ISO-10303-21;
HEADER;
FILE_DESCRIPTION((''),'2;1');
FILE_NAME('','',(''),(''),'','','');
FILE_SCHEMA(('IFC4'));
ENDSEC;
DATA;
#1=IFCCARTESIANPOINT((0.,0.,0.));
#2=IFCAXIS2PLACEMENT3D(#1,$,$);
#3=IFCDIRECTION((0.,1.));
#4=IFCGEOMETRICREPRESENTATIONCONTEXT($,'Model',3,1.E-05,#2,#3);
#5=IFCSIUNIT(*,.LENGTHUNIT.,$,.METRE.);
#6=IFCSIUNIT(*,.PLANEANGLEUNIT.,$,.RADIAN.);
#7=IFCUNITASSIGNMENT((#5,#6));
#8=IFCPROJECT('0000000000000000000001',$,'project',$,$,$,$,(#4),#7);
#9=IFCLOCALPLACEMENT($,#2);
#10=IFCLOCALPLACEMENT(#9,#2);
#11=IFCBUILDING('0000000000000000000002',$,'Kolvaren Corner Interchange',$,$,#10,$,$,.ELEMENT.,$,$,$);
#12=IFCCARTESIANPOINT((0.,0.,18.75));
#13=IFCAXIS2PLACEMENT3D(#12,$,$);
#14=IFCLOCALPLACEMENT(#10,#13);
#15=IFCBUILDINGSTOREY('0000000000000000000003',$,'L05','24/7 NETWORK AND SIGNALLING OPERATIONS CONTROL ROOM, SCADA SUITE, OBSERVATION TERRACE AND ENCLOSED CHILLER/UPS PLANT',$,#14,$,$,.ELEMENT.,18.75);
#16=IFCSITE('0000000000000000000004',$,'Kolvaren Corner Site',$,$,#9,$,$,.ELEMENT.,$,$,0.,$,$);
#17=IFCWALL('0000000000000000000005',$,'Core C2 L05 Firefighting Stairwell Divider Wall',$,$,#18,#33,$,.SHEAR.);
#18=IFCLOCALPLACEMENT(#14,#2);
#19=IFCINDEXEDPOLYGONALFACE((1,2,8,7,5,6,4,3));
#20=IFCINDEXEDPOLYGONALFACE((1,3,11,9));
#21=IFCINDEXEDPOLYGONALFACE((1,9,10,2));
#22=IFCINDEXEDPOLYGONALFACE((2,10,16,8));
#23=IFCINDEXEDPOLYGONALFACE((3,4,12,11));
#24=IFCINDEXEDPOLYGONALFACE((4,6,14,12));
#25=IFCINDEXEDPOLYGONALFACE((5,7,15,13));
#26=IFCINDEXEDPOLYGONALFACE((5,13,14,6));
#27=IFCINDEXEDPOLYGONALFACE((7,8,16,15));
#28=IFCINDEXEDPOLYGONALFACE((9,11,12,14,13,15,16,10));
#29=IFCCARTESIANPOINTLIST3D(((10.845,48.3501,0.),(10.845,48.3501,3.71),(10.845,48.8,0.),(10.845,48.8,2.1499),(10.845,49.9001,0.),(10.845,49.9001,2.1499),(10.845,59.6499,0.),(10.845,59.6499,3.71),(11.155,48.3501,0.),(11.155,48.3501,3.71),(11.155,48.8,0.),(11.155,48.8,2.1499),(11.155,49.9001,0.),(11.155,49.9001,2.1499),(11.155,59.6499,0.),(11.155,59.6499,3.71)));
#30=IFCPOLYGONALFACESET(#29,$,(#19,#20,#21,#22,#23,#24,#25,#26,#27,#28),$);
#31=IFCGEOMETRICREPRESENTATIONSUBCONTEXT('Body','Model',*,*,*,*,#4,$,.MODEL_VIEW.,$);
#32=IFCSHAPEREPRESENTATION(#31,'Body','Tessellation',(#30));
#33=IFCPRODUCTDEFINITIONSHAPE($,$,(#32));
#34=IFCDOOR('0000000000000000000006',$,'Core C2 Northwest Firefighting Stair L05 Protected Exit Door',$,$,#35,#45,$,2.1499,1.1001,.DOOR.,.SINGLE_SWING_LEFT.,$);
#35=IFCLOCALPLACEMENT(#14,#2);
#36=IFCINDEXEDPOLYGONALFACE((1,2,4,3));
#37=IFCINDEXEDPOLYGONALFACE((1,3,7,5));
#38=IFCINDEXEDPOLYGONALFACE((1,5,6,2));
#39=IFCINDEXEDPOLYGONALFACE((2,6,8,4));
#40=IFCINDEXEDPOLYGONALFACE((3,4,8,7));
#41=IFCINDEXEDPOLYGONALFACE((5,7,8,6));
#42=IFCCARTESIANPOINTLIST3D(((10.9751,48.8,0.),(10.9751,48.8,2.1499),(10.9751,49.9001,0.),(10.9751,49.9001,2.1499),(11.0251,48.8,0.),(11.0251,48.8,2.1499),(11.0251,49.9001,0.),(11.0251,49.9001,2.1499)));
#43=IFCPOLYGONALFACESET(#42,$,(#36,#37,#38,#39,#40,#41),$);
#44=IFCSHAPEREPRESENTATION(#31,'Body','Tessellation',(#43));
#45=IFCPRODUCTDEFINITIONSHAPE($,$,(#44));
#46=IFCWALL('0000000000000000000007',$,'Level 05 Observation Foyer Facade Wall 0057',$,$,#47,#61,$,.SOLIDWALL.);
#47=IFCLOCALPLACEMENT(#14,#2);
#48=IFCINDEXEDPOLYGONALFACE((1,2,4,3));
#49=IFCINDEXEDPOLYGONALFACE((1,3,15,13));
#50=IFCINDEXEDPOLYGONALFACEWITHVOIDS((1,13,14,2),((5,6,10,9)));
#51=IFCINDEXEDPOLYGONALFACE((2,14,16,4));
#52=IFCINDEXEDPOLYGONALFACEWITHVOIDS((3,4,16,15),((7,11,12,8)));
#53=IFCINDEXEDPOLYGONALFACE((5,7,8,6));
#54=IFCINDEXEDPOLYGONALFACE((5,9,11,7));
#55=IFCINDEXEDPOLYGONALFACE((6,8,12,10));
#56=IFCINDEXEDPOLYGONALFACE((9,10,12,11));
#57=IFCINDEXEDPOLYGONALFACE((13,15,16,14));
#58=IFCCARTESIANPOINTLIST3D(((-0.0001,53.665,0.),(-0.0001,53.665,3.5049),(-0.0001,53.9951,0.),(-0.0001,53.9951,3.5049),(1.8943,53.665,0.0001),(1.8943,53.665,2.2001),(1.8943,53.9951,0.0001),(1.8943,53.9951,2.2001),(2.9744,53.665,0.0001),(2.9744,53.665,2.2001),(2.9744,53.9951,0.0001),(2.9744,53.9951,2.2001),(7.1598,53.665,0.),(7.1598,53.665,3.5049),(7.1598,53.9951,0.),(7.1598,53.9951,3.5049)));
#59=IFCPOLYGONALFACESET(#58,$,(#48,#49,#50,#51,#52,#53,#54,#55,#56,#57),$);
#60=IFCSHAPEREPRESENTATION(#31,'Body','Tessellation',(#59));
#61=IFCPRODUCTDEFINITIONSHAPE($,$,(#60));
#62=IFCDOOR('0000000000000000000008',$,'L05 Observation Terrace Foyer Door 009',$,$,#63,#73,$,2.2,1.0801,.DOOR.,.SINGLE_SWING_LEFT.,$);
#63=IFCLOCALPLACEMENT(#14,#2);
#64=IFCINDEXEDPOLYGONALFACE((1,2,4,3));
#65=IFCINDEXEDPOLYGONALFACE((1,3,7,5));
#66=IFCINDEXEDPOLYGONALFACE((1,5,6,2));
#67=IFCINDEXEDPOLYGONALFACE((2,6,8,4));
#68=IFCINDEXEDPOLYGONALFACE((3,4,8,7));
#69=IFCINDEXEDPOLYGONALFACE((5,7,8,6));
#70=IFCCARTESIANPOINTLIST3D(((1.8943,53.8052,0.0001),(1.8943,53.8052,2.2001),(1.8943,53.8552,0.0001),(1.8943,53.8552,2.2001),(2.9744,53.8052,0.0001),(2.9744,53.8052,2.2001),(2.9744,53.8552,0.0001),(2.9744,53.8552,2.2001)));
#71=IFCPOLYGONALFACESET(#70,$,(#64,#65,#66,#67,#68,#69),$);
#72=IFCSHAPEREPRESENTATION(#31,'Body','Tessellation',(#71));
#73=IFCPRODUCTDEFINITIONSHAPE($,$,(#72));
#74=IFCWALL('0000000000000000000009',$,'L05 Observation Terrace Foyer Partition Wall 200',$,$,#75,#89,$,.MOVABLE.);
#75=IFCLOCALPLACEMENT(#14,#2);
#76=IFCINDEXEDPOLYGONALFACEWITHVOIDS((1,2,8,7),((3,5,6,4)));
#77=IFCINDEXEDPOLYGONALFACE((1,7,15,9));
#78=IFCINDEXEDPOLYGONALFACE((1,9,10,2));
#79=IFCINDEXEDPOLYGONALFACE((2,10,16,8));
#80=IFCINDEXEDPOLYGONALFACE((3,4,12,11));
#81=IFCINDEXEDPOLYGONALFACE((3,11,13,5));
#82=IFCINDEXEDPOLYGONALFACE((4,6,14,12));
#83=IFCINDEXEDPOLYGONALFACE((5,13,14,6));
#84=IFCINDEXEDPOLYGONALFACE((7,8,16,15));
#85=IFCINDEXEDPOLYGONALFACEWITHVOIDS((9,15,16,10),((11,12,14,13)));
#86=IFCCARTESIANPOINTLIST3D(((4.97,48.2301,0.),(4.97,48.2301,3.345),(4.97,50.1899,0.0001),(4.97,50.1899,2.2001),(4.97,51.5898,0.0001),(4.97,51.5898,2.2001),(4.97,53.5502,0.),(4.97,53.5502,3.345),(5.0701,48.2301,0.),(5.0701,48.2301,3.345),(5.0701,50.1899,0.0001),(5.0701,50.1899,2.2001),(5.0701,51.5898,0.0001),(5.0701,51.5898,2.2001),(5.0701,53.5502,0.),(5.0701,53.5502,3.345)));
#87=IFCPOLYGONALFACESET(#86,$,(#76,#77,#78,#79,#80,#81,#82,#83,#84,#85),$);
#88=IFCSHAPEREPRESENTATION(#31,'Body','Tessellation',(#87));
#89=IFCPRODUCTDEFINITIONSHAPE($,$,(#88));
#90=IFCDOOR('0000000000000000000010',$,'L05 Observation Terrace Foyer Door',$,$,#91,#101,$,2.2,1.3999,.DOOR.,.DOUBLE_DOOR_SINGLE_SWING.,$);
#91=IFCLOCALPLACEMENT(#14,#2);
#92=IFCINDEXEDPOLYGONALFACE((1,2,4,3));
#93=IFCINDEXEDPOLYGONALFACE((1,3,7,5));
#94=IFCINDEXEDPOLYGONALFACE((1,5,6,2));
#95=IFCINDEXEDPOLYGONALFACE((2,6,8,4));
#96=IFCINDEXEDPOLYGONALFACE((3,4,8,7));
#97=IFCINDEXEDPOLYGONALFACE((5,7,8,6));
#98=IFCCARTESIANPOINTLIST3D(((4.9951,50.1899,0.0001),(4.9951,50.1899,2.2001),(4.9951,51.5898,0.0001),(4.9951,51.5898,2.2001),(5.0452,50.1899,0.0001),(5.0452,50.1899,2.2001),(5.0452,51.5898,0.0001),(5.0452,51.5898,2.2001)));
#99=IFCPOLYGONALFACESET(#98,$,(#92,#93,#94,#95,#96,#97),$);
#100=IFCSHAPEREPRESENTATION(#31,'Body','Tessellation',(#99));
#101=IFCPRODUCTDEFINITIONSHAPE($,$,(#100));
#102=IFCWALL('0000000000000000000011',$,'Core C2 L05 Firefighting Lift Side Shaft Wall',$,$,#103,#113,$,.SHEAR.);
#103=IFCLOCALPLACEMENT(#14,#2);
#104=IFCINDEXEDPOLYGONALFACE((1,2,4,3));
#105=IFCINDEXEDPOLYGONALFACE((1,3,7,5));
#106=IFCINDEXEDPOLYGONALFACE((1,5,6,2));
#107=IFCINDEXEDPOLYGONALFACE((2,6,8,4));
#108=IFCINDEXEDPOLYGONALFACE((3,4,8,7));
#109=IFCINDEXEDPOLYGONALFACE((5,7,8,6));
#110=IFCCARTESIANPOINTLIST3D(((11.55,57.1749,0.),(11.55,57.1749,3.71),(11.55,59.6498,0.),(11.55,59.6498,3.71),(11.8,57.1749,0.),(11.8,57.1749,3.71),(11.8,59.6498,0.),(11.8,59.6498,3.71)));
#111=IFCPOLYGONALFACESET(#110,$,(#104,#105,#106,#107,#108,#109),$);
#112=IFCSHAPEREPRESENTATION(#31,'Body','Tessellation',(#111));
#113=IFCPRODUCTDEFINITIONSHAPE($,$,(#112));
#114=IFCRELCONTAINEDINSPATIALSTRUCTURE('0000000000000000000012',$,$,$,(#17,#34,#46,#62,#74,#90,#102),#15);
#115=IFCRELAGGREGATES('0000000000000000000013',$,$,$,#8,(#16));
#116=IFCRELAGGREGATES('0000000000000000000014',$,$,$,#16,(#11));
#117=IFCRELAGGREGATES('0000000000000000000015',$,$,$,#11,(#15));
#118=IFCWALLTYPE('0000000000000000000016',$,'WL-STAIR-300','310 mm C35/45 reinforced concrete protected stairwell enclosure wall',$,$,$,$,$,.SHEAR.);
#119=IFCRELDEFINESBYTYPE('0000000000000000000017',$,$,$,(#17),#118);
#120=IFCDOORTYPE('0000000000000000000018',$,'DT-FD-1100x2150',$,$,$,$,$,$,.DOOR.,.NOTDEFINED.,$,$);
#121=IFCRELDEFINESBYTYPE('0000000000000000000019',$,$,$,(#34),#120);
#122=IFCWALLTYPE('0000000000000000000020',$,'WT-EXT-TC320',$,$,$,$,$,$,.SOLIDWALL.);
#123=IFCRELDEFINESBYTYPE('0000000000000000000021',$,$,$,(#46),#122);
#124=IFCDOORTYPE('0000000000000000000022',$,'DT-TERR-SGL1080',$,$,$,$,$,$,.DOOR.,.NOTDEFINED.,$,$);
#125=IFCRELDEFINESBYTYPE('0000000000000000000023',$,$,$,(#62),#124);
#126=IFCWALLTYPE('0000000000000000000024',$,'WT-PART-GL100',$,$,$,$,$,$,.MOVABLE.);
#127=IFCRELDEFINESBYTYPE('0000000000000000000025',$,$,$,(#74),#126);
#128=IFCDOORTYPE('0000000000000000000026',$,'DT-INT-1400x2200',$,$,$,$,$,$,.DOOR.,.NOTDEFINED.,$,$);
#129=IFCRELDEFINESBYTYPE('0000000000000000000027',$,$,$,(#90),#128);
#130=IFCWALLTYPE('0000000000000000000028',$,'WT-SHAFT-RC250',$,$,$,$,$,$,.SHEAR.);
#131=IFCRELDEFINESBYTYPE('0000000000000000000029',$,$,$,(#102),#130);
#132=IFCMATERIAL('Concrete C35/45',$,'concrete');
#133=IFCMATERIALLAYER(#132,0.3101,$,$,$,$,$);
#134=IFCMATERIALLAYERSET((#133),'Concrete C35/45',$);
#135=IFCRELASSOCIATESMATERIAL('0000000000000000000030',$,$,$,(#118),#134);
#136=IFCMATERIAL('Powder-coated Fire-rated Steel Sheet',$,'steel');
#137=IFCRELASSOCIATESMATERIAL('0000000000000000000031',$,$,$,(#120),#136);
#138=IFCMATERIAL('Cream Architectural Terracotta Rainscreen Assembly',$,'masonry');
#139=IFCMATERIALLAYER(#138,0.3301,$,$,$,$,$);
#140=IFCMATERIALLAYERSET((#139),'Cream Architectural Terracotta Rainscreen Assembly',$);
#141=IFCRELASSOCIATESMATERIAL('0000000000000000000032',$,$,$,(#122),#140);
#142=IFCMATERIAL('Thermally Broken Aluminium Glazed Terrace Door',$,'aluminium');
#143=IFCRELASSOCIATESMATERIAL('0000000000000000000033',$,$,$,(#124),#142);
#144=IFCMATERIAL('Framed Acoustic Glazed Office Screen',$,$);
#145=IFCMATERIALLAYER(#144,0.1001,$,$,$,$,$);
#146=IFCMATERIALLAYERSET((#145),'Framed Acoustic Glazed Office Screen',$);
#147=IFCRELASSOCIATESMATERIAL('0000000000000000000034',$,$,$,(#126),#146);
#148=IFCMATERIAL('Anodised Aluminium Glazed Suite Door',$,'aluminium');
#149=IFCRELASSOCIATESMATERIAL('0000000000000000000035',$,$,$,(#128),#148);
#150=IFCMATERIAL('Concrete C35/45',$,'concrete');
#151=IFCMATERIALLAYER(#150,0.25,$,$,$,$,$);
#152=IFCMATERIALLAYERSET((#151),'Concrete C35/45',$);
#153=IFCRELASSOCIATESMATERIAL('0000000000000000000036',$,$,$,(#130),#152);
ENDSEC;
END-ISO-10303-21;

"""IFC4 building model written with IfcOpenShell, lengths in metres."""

from ifc_helpers import new_model, si_unit, direction, frame, frame_2d, origin, place, context, subcontext, project, spatial, rectangle, extrude, material, layer, layer_set, type_object, element, fill, save


model = new_model("IFC4")

# Units and contexts
model_context = context("Model", 3, precision=1e-05, world=origin(), true_north=direction((0.0, 1.0)))
body_context = subcontext(model_context, "Body", "Model", "MODEL_VIEW")
ifc_project = project(units=[si_unit("LENGTHUNIT", "METRE"), si_unit("PLANEANGLEUNIT", "RADIAN")], contexts=[model_context])

# Site, building, storey
site_placement = place(None, origin())
site = spatial("IfcSite", under=ifc_project, at=site_placement, Name="Kolvaren Corner Site", CompositionType="ELEMENT", RefElevation=0.0)
building_placement = place(site_placement, origin())
building = spatial("IfcBuilding", under=site, at=building_placement, Name="Kolvaren Corner Interchange", CompositionType="ELEMENT")
storey_placement = place(building_placement, frame((0.0, 0.0, 18.75)))
storey = spatial("IfcBuildingStorey", under=building, at=storey_placement, Name="L05", Description="24/7 NETWORK AND SIGNALLING OPERATIONS CONTROL ROOM, SCADA SUITE, OBSERVATION TERRACE AND ENCLOSED CHILLER/UPS PLANT", CompositionType="ELEMENT", Elevation=18.75)

# Walls, openings, doors
ifc_material_1 = material(Name="Concrete C35/45", Category="concrete")
ifc_layer_1 = layer(ifc_material_1, 0.3101)
ifc_layer_set_1 = layer_set([ifc_layer_1], Name="Concrete C35/45")
wall_type_1 = type_object("IfcWallType", Name="WL-STAIR-300", Description="310 mm C35/45 reinforced concrete protected stairwell enclosure wall", PredefinedType="SHEAR", material=ifc_layer_set_1)
wall_1_placement = place(storey_placement, frame((11.0, 48.3501, 0.0), z_axis=(0.0, 0.0, 1.0), x_axis=(0.0, 1.0, 0.0)))
wall_1 = element("IfcWall", 1, at=wall_1_placement, inside=storey, type_object=wall_type_1, Name="Core C2 L05 Firefighting Stairwell Divider Wall", PredefinedType="SHEAR", context=body_context, shape_type="SweptSolid", body=[
    extrude(rectangle(XDim=11.2998, YDim=0.3101, at=frame_2d((5.6499, 0.0))), origin(), (0.0, 0.0, 1.0), 3.71),
])
opening_1_placement = place(wall_1_placement, frame((0.45, 0.0, 0.0)))
opening_1 = element("IfcOpeningElement", 2, at=opening_1_placement, cuts=wall_1, PredefinedType="OPENING", context=body_context, shape_type="SweptSolid", body=[
    extrude(rectangle(XDim=1.1001, YDim=2.1499, at=frame_2d((0.55, 1.075))), frame((0.0, 0.165, 0.0), z_axis=(0.0, -1.0, 0.0), x_axis=(1.0, 0.0, 0.0)), (0.0, 0.0, 1.0), 0.3301),
])
ifc_material_2 = material(Name="Powder-coated Fire-rated Steel Sheet", Category="steel")
door_type_1 = type_object("IfcDoorType", Name="DT-FD-1100x2150", OperationType="NOTDEFINED", PredefinedType="DOOR", material=ifc_material_2)
door_1_placement = place(opening_1_placement, origin())
door_1 = element("IfcDoor", 3, at=door_1_placement, inside=storey, type_object=door_type_1, Name="Core C2 Northwest Firefighting Stair L05 Protected Exit Door", OperationType="SINGLE_SWING_LEFT", OverallHeight=2.1499, OverallWidth=1.1001, PredefinedType="DOOR", context=body_context, shape_type="SweptSolid", body=[
    extrude(rectangle(XDim=1.1001, YDim=2.1499, at=frame_2d((0.55, 1.075))), frame((0.0, 0.0249, 0.0), z_axis=(0.0, -1.0, 0.0), x_axis=(1.0, 0.0, 0.0)), (0.0, 0.0, 1.0), 0.05),
])
fill(opening_1, door_1)
ifc_material_3 = material(Name="Cream Architectural Terracotta Rainscreen Assembly", Category="masonry")
ifc_layer_2 = layer(ifc_material_3, 0.3301)
ifc_layer_set_2 = layer_set([ifc_layer_2], Name="Cream Architectural Terracotta Rainscreen Assembly")
wall_type_2 = type_object("IfcWallType", Name="WT-EXT-TC320", PredefinedType="SOLIDWALL", material=ifc_layer_set_2)
wall_2_placement = place(storey_placement, frame((7.1599, 53.8301, 0.0), z_axis=(0.0, 0.0, 1.0), x_axis=(-1.0, 0.0, 0.0)))
wall_2 = element("IfcWall", 4, at=wall_2_placement, inside=storey, type_object=wall_type_2, Name="Level 05 Observation Foyer Facade Wall 0057", PredefinedType="SOLIDWALL", context=body_context, shape_type="SweptSolid", body=[
    extrude(rectangle(XDim=7.1599, YDim=0.3301, at=frame_2d((3.5801, 0.0))), origin(), (0.0, 0.0, 1.0), 3.5049),
])
opening_2_placement = place(wall_2_placement, frame((4.1855, 0.0, 0.0)))
opening_2 = element("IfcOpeningElement", 5, at=opening_2_placement, cuts=wall_2, PredefinedType="OPENING", context=body_context, shape_type="SweptSolid", body=[
    extrude(rectangle(XDim=1.0801, YDim=2.2, at=frame_2d((0.54, 1.1001))), frame((0.0, 0.175, 0.0), z_axis=(0.0, -1.0, 0.0), x_axis=(1.0, 0.0, 0.0)), (0.0, 0.0, 1.0), 0.3501),
])
ifc_material_4 = material(Name="Thermally Broken Aluminium Glazed Terrace Door", Category="aluminium")
door_type_2 = type_object("IfcDoorType", Name="DT-TERR-SGL1080", OperationType="NOTDEFINED", PredefinedType="DOOR", material=ifc_material_4)
door_2_placement = place(opening_2_placement, origin())
door_2 = element("IfcDoor", 6, at=door_2_placement, inside=storey, type_object=door_type_2, Name="L05 Observation Terrace Foyer Door 009", OperationType="SINGLE_SWING_LEFT", OverallHeight=2.2, OverallWidth=1.0801, PredefinedType="DOOR", context=body_context, shape_type="SweptSolid", body=[
    extrude(rectangle(XDim=1.0801, YDim=2.2, at=frame_2d((0.54, 1.1001))), frame((0.0, 0.0249, 0.0), z_axis=(0.0, -1.0, 0.0), x_axis=(1.0, 0.0, 0.0)), (0.0, 0.0, 1.0), 0.05),
])
fill(opening_2, door_2)
ifc_material_5 = material(Name="Framed Acoustic Glazed Office Screen")
ifc_layer_3 = layer(ifc_material_5, 0.1001)
ifc_layer_set_3 = layer_set([ifc_layer_3], Name="Framed Acoustic Glazed Office Screen")
wall_type_3 = type_object("IfcWallType", Name="WT-PART-GL100", PredefinedType="MOVABLE", material=ifc_layer_set_3)
wall_3_placement = place(storey_placement, frame((5.02, 48.23, 0.0), z_axis=(0.0, 0.0, 1.0), x_axis=(0.0, 1.0, 0.0)))
wall_3 = element("IfcWall", 7, at=wall_3_placement, inside=storey, type_object=wall_type_3, Name="L05 Observation Terrace Foyer Partition Wall 200", PredefinedType="MOVABLE", context=body_context, shape_type="SweptSolid", body=[
    extrude(rectangle(XDim=5.3201, YDim=0.1001, at=frame_2d((2.6602, 0.0))), origin(), (0.0, 0.0, 1.0), 3.345),
])
opening_3_placement = place(wall_3_placement, frame((1.96, 0.0, 0.0)))
opening_3 = element("IfcOpeningElement", 8, at=opening_3_placement, cuts=wall_3, PredefinedType="OPENING", context=body_context, shape_type="SweptSolid", body=[
    extrude(rectangle(XDim=1.3999, YDim=2.2, at=frame_2d((0.7, 1.1001))), frame((0.0, 0.0601, 0.0), z_axis=(0.0, -1.0, 0.0), x_axis=(1.0, 0.0, 0.0)), (0.0, 0.0, 1.0), 0.1201),
])
ifc_material_6 = material(Name="Anodised Aluminium Glazed Suite Door", Category="aluminium")
door_type_3 = type_object("IfcDoorType", Name="DT-INT-1400x2200", OperationType="NOTDEFINED", PredefinedType="DOOR", material=ifc_material_6)
door_3_placement = place(opening_3_placement, origin())
door_3 = element("IfcDoor", 9, at=door_3_placement, inside=storey, type_object=door_type_3, Name="L05 Observation Terrace Foyer Door", OperationType="DOUBLE_DOOR_SINGLE_SWING", OverallHeight=2.2, OverallWidth=1.3999, PredefinedType="DOOR", context=body_context, shape_type="SweptSolid", body=[
    extrude(rectangle(XDim=1.3999, YDim=2.2, at=frame_2d((0.7, 1.1001))), frame((0.0, 0.0249, 0.0), z_axis=(0.0, -1.0, 0.0), x_axis=(1.0, 0.0, 0.0)), (0.0, 0.0, 1.0), 0.05),
])
fill(opening_3, door_3)
ifc_material_7 = material(Name="Concrete C35/45", Category="concrete")
ifc_layer_4 = layer(ifc_material_7, 0.25)
ifc_layer_set_4 = layer_set([ifc_layer_4], Name="Concrete C35/45")
wall_type_4 = type_object("IfcWallType", Name="WT-SHAFT-RC250", PredefinedType="SHEAR", material=ifc_layer_set_4)

# Wall
wall_4_placement = place(storey_placement, frame((11.675, 57.175, 0.0), z_axis=(0.0, 0.0, 1.0), x_axis=(0.0, 1.0, 0.0)))
element("IfcWall", 10, at=wall_4_placement, inside=storey, type_object=wall_type_4, Name="Core C2 L05 Firefighting Lift Side Shaft Wall", PredefinedType="SHEAR", context=body_context, shape_type="SweptSolid", body=[
    extrude(rectangle(XDim=2.4749, YDim=0.25, at=frame_2d((1.2373, 0.0))), origin(), (0.0, 0.0, 1.0), 3.71),
])

save(model, "model.ifc")
